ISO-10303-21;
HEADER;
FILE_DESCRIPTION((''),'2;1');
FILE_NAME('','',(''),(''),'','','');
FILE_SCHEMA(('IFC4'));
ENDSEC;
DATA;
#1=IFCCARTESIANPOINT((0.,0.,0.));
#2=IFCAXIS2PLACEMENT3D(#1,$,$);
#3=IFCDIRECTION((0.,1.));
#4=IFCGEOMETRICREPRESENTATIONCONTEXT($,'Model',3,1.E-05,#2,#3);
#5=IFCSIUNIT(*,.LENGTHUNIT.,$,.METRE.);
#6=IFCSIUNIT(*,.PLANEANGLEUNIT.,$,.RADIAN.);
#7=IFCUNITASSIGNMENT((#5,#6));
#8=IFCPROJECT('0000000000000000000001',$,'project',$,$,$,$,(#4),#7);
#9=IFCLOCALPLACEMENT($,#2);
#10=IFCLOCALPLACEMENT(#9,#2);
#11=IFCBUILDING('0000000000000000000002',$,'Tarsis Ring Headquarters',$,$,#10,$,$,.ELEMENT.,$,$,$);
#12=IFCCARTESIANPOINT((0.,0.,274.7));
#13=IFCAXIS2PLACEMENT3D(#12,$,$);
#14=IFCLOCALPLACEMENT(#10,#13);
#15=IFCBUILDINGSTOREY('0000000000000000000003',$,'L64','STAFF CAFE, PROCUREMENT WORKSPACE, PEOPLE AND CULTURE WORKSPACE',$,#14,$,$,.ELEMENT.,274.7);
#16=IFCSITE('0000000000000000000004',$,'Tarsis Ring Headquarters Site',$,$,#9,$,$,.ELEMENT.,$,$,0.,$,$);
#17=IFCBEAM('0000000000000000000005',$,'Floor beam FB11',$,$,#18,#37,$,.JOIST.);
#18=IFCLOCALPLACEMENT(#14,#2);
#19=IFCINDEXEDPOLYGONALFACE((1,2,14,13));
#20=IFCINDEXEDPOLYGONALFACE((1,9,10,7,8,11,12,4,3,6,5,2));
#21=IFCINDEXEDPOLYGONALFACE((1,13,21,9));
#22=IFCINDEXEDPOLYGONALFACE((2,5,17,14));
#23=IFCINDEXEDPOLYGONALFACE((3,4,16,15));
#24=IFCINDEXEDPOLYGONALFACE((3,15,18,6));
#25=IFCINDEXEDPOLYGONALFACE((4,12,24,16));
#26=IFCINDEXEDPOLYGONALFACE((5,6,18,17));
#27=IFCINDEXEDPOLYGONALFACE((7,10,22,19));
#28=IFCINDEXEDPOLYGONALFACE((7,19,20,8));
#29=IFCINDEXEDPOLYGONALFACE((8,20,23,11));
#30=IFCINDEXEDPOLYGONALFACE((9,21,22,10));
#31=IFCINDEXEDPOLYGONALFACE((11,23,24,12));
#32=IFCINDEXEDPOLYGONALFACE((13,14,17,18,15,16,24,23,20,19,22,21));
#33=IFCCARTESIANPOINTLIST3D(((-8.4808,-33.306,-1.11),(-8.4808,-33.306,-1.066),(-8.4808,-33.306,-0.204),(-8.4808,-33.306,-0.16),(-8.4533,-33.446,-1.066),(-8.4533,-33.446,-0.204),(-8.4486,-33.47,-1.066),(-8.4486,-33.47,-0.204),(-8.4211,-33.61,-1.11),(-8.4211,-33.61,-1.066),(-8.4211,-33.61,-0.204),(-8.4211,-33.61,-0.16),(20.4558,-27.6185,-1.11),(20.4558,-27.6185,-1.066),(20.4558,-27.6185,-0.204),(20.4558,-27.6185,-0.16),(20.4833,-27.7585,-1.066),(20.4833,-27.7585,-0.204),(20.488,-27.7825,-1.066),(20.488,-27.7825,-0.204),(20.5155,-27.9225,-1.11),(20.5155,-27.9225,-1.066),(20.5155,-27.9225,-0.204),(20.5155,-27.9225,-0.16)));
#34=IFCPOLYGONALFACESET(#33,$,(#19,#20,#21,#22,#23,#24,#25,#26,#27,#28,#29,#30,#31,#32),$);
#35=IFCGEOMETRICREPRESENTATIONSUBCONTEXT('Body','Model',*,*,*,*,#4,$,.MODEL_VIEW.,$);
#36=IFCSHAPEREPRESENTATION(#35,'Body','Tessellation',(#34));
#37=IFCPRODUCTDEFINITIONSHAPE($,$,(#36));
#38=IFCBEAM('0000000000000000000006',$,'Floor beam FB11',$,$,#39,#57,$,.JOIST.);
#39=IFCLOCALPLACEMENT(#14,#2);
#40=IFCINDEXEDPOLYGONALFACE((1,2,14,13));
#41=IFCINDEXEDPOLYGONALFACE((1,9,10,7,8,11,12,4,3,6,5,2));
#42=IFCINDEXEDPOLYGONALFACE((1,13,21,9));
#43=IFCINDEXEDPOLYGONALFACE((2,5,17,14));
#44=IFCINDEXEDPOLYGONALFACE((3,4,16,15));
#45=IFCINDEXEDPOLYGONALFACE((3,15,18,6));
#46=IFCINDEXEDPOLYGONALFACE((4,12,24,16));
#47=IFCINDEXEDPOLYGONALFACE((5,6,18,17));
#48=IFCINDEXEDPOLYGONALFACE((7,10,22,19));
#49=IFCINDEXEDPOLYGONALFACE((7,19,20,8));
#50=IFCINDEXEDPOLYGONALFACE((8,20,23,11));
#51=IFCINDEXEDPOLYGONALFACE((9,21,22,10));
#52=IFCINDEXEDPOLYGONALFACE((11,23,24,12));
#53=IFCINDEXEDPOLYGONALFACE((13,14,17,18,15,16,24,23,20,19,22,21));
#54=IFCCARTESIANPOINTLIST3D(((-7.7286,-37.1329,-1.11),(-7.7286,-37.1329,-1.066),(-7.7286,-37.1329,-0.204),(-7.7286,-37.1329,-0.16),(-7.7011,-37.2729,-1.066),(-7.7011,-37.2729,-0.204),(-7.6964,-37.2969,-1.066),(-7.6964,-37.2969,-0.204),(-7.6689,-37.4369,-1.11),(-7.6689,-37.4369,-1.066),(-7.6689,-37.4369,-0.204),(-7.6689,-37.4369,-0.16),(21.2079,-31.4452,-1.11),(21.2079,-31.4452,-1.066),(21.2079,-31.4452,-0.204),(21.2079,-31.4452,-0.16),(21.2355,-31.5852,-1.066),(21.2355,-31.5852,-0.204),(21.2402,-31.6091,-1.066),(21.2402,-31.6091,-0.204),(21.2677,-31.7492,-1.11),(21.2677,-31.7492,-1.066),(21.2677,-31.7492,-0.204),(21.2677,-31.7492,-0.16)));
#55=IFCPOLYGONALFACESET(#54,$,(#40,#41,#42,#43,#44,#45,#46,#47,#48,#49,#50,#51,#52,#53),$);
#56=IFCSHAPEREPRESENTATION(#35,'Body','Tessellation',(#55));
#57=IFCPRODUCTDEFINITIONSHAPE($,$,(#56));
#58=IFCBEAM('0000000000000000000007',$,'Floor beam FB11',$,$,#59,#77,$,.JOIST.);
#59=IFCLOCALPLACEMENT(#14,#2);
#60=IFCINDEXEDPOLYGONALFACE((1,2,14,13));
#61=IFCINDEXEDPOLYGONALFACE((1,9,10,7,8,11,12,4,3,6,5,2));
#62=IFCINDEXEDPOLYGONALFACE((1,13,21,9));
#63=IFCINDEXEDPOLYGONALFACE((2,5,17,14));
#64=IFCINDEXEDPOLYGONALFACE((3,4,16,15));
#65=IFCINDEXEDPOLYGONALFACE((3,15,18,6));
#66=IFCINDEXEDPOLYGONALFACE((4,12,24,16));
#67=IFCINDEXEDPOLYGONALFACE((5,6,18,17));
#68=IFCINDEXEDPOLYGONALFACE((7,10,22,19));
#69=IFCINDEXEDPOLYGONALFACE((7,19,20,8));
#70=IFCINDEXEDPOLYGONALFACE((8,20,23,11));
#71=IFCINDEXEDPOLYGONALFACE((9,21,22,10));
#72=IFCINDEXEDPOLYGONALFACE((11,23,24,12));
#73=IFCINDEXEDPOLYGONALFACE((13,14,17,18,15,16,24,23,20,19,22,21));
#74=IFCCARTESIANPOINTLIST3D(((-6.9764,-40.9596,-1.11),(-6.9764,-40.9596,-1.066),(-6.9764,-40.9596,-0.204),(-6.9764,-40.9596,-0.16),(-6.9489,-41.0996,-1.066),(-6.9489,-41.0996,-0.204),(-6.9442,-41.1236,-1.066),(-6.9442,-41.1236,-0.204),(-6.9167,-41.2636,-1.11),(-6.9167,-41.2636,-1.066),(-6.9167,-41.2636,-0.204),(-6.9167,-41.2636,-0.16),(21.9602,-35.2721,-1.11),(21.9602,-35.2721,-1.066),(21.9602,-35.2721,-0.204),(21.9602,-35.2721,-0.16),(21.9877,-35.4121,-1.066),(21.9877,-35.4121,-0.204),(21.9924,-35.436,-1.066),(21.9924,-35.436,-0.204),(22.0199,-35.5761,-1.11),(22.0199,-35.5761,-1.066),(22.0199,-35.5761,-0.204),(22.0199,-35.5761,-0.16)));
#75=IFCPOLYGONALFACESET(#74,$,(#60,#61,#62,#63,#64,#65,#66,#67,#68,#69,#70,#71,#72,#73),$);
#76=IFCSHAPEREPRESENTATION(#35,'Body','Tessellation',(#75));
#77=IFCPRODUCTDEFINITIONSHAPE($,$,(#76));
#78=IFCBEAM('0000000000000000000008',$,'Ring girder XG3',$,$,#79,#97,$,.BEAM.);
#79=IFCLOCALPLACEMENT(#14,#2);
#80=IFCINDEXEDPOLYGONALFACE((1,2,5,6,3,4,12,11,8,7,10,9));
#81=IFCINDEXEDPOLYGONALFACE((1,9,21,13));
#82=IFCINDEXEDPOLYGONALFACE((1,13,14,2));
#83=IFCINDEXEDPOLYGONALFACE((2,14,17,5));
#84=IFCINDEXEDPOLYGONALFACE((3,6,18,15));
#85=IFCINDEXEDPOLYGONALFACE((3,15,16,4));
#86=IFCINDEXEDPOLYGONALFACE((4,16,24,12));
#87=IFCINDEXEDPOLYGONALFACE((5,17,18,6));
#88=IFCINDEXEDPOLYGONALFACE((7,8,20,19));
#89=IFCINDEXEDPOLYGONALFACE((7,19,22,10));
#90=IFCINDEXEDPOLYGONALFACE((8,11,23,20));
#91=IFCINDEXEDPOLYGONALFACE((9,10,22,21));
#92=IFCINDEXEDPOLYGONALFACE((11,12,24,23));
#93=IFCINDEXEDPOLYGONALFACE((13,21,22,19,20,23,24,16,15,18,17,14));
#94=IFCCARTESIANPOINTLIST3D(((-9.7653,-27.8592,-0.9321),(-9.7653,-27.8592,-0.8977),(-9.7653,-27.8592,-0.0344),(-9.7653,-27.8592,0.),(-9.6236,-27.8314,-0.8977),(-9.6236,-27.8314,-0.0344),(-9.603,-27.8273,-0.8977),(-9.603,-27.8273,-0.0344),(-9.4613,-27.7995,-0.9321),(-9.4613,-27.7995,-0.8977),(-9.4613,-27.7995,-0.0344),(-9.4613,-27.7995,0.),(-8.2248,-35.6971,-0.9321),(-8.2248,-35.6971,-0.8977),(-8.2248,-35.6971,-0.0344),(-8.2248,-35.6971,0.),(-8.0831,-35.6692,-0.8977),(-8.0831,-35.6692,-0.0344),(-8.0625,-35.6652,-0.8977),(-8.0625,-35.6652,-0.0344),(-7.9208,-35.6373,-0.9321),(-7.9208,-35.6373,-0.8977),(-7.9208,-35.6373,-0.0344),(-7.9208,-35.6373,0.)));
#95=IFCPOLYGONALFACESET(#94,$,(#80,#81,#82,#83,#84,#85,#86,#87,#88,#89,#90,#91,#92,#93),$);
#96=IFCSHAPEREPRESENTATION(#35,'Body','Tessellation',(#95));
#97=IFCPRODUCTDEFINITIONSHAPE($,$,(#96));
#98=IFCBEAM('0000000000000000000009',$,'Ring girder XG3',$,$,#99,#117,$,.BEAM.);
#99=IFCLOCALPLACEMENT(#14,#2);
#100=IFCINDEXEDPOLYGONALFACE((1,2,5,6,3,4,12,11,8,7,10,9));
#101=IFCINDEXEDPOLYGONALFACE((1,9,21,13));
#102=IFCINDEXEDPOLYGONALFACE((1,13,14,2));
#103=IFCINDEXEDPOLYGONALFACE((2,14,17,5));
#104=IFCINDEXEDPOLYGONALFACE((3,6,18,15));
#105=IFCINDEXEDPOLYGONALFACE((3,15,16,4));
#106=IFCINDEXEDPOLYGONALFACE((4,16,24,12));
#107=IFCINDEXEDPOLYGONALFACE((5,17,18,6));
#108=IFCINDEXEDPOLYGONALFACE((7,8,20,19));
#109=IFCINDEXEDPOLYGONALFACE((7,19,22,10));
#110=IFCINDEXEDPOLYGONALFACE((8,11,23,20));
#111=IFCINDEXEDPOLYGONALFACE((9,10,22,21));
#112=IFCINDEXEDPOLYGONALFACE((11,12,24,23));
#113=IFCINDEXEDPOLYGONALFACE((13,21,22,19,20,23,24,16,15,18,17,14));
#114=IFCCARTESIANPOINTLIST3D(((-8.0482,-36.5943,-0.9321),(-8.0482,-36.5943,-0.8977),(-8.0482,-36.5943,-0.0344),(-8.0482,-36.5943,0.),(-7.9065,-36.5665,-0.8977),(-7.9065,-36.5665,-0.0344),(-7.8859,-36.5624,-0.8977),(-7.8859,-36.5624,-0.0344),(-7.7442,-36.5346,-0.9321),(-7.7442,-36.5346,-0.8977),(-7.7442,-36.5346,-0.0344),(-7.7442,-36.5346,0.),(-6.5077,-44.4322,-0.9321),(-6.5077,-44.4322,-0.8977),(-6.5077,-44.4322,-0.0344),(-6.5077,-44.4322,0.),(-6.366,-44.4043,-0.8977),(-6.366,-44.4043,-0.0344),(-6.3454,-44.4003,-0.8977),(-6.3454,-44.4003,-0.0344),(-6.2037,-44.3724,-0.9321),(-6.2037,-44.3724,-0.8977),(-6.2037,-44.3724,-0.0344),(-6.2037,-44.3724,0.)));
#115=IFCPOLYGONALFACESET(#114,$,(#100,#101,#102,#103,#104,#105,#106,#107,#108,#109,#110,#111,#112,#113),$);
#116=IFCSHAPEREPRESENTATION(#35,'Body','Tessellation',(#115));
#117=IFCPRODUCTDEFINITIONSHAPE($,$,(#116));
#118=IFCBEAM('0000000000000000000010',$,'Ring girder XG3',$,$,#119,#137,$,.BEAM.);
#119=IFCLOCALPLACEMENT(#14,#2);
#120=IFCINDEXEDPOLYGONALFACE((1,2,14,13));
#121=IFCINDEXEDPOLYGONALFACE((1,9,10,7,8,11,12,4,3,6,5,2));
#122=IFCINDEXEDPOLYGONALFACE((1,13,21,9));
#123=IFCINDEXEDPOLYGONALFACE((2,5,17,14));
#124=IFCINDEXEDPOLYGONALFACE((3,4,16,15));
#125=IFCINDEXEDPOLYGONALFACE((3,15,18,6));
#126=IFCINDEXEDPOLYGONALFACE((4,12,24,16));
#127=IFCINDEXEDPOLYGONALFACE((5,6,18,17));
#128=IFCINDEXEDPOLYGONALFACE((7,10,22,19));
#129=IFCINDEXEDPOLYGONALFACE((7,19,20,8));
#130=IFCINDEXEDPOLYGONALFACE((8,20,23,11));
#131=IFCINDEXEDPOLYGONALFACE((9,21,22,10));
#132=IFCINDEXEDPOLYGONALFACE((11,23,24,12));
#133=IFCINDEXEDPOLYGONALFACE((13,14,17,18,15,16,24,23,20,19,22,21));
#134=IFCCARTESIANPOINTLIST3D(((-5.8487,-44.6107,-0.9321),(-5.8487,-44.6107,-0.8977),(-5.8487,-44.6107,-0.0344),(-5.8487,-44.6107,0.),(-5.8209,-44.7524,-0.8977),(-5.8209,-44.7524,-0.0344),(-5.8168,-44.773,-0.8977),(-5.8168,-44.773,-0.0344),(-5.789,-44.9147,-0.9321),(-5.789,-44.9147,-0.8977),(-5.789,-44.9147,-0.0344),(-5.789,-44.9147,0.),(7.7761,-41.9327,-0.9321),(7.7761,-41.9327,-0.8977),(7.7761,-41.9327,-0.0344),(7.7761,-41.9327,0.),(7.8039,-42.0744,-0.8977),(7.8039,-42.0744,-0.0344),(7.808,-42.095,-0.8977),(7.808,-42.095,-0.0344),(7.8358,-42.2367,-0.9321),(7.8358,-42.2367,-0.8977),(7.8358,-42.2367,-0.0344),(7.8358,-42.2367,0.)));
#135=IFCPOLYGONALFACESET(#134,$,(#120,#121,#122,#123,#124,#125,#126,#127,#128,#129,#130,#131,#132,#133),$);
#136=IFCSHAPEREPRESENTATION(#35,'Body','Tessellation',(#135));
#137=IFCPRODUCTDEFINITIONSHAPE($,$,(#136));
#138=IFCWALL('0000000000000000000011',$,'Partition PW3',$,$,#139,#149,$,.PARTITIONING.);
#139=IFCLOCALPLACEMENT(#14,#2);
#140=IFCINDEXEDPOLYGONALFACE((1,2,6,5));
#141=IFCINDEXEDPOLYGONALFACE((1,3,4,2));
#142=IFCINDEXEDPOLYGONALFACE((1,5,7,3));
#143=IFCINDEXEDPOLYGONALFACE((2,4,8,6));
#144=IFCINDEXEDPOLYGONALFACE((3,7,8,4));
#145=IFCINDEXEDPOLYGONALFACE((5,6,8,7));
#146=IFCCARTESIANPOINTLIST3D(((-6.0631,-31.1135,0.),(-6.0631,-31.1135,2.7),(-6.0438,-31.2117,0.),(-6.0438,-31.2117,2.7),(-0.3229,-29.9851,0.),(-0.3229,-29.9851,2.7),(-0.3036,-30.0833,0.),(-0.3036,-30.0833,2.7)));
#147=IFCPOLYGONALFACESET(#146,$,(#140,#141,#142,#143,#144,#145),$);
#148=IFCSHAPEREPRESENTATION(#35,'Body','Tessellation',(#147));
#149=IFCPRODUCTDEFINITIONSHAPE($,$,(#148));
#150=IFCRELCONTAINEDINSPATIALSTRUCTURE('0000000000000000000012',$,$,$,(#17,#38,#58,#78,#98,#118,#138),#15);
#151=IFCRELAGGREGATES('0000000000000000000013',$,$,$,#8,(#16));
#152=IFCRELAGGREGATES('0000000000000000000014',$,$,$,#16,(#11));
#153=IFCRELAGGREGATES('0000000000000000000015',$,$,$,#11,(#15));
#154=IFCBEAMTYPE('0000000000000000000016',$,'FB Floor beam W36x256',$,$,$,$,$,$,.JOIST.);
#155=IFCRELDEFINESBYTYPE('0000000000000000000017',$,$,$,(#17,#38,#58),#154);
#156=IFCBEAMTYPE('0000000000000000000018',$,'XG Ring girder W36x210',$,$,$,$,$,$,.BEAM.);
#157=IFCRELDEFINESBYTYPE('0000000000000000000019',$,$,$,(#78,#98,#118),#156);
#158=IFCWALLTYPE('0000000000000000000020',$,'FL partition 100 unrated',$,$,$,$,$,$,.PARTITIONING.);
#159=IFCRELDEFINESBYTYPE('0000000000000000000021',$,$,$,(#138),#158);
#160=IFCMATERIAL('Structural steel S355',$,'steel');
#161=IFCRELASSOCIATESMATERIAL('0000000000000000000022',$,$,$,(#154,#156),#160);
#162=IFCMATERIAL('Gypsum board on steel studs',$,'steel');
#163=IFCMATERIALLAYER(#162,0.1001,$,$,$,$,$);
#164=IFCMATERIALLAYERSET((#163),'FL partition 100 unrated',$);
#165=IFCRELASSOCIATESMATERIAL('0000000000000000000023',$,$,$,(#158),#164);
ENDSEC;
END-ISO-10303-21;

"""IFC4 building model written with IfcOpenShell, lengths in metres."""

from ifc_helpers import new_model, si_unit, direction, frame, frame_2d, origin, origin_2d, place, context, subcontext, project, spatial, rectangle, i_section, extrude, material, layer, layer_set, material_profile, profile_set, type_object, element, save


model = new_model("IFC4")

# Units and contexts
model_context = context("Model", 3, precision=1e-05, world=origin(), true_north=direction((0.0, 1.0)))
body_context = subcontext(model_context, "Body", "Model", "MODEL_VIEW")
ifc_project = project(units=[si_unit("LENGTHUNIT", "METRE"), si_unit("PLANEANGLEUNIT", "RADIAN")], contexts=[model_context])

# Site, building, storey
site_placement = place(None, origin())
site = spatial("IfcSite", under=ifc_project, at=site_placement, Name="Tarsis Ring Headquarters Site", CompositionType="ELEMENT", RefElevation=0.0)
building_placement = place(site_placement, origin())
building = spatial("IfcBuilding", under=site, at=building_placement, Name="Tarsis Ring Headquarters", CompositionType="ELEMENT")
storey_placement = place(building_placement, frame((0.0, 0.0, 274.7)))
storey = spatial("IfcBuildingStorey", under=building, at=storey_placement, Name="L64", Description="STAFF CAFE, PROCUREMENT WORKSPACE, PEOPLE AND CULTURE WORKSPACE", CompositionType="ELEMENT", Elevation=274.7)

# Shared definitions
ifc_material_1 = material(Name="Structural steel S355", Category="steel")

# Beams
ifc_material_profile_1 = material_profile(ifc_material_1, i_section(OverallWidth=0.3098, OverallDepth=0.95, WebThickness=0.0244, FlangeThickness=0.0439, at=origin_2d()), Name="W36x256")
ifc_profile_set_1 = profile_set([ifc_material_profile_1], Name="Structural steel S355")
beam_type_1 = type_object("IfcBeamType", Name="FB Floor beam W36x256", PredefinedType="JOIST", material=ifc_profile_set_1)
for number, where, z_axis, x_axis, name in (
    (1, (-8.4509, -33.458, -0.635), (0.981226, 0.192861, 0.0), (-0.192861, 0.981226, 0.0), "Floor beam FB11"),
    (2, (-7.6987, -37.2849, -0.635), (0.981225, 0.192869, 0.0), (-0.192869, 0.981225, 0.0), "Floor beam FB11"),
    (3, (-6.9465, -41.1116, -0.635), (0.981226, 0.192861, 0.0), (-0.192861, 0.981226, 0.0), "Floor beam FB11"),
):
    element("IfcBeam", number, at=place(storey_placement, frame(where, z_axis=z_axis, x_axis=x_axis)), inside=storey, type_object=beam_type_1, Name=name, PredefinedType="JOIST", context=body_context, shape_type="SweptSolid", body=[
        extrude(i_section(OverallWidth=0.3098, OverallDepth=0.95, WebThickness=0.0244, FlangeThickness=0.0439, at=origin_2d()), origin(), (0.0, 0.0, 1.0), 29.4902),
    ])
ifc_material_profile_2 = material_profile(ifc_material_1, i_section(OverallWidth=0.3098, OverallDepth=0.9321, WebThickness=0.021, FlangeThickness=0.0344, at=origin_2d()), Name="W36x210")
ifc_profile_set_2 = profile_set([ifc_material_profile_2], Name="Structural steel S355")
beam_type_2 = type_object("IfcBeamType", Name="XG Ring girder W36x210", PredefinedType="BEAM", material=ifc_profile_set_2)
for number, where, z_axis, x_axis, name in (
    (4, (-9.6133, -27.8293, -0.4661), (0.192859, -0.981227, 0.0), (0.981227, 0.192859, 0.0), "Ring girder XG3"),
    (5, (-7.8962, -36.5645, -0.4661), (0.192859, -0.981227, 0.0), (0.981227, 0.192859, 0.0), "Ring girder XG3"),
):
    element("IfcBeam", number, at=place(storey_placement, frame(where, z_axis=z_axis, x_axis=x_axis)), inside=storey, type_object=beam_type_2, Name=name, PredefinedType="BEAM", context=body_context, shape_type="SweptSolid", body=[
        extrude(i_section(OverallWidth=0.3098, OverallDepth=0.9321, WebThickness=0.021, FlangeThickness=0.0344, at=origin_2d()), origin(), (0.0, 0.0, 1.0), 7.9878),
    ])
beam_placement = place(storey_placement, frame((-5.8188, -44.7627, -0.4661), z_axis=(0.981226, 0.192862, 0.0), x_axis=(-0.192862, 0.981226, 0.0)))
element("IfcBeam", 6, at=beam_placement, inside=storey, type_object=beam_type_2, Name="Ring girder XG3", PredefinedType="BEAM", context=body_context, shape_type="SweptSolid", body=[
    extrude(i_section(OverallWidth=0.3098, OverallDepth=0.9321, WebThickness=0.021, FlangeThickness=0.0344, at=origin_2d()), origin(), (0.0, 0.0, 1.0), 13.8855),
])

# Wall
ifc_material_2 = material(Name="Gypsum board on steel studs", Category="steel")
ifc_layer = layer(ifc_material_2, 0.1001)
ifc_layer_set = layer_set([ifc_layer], Name="FL partition 100 unrated")
wall_type = type_object("IfcWallType", Name="FL partition 100 unrated", PredefinedType="PARTITIONING", material=ifc_layer_set)
wall_placement = place(storey_placement, frame((-6.0535, -31.1626, 0.0), z_axis=(0.0, 0.0, 1.0), x_axis=(0.981221, 0.192889, 0.0)))
element("IfcWall", 7, at=wall_placement, inside=storey, type_object=wall_type, Name="Partition PW3", PredefinedType="PARTITIONING", context=body_context, shape_type="SweptSolid", body=[
    extrude(rectangle(XDim=5.8501, YDim=0.1001, at=frame_2d((2.925, 0.0))), origin(), (0.0, 0.0, 1.0), 2.7),
])

save(model, "model.ifc")
